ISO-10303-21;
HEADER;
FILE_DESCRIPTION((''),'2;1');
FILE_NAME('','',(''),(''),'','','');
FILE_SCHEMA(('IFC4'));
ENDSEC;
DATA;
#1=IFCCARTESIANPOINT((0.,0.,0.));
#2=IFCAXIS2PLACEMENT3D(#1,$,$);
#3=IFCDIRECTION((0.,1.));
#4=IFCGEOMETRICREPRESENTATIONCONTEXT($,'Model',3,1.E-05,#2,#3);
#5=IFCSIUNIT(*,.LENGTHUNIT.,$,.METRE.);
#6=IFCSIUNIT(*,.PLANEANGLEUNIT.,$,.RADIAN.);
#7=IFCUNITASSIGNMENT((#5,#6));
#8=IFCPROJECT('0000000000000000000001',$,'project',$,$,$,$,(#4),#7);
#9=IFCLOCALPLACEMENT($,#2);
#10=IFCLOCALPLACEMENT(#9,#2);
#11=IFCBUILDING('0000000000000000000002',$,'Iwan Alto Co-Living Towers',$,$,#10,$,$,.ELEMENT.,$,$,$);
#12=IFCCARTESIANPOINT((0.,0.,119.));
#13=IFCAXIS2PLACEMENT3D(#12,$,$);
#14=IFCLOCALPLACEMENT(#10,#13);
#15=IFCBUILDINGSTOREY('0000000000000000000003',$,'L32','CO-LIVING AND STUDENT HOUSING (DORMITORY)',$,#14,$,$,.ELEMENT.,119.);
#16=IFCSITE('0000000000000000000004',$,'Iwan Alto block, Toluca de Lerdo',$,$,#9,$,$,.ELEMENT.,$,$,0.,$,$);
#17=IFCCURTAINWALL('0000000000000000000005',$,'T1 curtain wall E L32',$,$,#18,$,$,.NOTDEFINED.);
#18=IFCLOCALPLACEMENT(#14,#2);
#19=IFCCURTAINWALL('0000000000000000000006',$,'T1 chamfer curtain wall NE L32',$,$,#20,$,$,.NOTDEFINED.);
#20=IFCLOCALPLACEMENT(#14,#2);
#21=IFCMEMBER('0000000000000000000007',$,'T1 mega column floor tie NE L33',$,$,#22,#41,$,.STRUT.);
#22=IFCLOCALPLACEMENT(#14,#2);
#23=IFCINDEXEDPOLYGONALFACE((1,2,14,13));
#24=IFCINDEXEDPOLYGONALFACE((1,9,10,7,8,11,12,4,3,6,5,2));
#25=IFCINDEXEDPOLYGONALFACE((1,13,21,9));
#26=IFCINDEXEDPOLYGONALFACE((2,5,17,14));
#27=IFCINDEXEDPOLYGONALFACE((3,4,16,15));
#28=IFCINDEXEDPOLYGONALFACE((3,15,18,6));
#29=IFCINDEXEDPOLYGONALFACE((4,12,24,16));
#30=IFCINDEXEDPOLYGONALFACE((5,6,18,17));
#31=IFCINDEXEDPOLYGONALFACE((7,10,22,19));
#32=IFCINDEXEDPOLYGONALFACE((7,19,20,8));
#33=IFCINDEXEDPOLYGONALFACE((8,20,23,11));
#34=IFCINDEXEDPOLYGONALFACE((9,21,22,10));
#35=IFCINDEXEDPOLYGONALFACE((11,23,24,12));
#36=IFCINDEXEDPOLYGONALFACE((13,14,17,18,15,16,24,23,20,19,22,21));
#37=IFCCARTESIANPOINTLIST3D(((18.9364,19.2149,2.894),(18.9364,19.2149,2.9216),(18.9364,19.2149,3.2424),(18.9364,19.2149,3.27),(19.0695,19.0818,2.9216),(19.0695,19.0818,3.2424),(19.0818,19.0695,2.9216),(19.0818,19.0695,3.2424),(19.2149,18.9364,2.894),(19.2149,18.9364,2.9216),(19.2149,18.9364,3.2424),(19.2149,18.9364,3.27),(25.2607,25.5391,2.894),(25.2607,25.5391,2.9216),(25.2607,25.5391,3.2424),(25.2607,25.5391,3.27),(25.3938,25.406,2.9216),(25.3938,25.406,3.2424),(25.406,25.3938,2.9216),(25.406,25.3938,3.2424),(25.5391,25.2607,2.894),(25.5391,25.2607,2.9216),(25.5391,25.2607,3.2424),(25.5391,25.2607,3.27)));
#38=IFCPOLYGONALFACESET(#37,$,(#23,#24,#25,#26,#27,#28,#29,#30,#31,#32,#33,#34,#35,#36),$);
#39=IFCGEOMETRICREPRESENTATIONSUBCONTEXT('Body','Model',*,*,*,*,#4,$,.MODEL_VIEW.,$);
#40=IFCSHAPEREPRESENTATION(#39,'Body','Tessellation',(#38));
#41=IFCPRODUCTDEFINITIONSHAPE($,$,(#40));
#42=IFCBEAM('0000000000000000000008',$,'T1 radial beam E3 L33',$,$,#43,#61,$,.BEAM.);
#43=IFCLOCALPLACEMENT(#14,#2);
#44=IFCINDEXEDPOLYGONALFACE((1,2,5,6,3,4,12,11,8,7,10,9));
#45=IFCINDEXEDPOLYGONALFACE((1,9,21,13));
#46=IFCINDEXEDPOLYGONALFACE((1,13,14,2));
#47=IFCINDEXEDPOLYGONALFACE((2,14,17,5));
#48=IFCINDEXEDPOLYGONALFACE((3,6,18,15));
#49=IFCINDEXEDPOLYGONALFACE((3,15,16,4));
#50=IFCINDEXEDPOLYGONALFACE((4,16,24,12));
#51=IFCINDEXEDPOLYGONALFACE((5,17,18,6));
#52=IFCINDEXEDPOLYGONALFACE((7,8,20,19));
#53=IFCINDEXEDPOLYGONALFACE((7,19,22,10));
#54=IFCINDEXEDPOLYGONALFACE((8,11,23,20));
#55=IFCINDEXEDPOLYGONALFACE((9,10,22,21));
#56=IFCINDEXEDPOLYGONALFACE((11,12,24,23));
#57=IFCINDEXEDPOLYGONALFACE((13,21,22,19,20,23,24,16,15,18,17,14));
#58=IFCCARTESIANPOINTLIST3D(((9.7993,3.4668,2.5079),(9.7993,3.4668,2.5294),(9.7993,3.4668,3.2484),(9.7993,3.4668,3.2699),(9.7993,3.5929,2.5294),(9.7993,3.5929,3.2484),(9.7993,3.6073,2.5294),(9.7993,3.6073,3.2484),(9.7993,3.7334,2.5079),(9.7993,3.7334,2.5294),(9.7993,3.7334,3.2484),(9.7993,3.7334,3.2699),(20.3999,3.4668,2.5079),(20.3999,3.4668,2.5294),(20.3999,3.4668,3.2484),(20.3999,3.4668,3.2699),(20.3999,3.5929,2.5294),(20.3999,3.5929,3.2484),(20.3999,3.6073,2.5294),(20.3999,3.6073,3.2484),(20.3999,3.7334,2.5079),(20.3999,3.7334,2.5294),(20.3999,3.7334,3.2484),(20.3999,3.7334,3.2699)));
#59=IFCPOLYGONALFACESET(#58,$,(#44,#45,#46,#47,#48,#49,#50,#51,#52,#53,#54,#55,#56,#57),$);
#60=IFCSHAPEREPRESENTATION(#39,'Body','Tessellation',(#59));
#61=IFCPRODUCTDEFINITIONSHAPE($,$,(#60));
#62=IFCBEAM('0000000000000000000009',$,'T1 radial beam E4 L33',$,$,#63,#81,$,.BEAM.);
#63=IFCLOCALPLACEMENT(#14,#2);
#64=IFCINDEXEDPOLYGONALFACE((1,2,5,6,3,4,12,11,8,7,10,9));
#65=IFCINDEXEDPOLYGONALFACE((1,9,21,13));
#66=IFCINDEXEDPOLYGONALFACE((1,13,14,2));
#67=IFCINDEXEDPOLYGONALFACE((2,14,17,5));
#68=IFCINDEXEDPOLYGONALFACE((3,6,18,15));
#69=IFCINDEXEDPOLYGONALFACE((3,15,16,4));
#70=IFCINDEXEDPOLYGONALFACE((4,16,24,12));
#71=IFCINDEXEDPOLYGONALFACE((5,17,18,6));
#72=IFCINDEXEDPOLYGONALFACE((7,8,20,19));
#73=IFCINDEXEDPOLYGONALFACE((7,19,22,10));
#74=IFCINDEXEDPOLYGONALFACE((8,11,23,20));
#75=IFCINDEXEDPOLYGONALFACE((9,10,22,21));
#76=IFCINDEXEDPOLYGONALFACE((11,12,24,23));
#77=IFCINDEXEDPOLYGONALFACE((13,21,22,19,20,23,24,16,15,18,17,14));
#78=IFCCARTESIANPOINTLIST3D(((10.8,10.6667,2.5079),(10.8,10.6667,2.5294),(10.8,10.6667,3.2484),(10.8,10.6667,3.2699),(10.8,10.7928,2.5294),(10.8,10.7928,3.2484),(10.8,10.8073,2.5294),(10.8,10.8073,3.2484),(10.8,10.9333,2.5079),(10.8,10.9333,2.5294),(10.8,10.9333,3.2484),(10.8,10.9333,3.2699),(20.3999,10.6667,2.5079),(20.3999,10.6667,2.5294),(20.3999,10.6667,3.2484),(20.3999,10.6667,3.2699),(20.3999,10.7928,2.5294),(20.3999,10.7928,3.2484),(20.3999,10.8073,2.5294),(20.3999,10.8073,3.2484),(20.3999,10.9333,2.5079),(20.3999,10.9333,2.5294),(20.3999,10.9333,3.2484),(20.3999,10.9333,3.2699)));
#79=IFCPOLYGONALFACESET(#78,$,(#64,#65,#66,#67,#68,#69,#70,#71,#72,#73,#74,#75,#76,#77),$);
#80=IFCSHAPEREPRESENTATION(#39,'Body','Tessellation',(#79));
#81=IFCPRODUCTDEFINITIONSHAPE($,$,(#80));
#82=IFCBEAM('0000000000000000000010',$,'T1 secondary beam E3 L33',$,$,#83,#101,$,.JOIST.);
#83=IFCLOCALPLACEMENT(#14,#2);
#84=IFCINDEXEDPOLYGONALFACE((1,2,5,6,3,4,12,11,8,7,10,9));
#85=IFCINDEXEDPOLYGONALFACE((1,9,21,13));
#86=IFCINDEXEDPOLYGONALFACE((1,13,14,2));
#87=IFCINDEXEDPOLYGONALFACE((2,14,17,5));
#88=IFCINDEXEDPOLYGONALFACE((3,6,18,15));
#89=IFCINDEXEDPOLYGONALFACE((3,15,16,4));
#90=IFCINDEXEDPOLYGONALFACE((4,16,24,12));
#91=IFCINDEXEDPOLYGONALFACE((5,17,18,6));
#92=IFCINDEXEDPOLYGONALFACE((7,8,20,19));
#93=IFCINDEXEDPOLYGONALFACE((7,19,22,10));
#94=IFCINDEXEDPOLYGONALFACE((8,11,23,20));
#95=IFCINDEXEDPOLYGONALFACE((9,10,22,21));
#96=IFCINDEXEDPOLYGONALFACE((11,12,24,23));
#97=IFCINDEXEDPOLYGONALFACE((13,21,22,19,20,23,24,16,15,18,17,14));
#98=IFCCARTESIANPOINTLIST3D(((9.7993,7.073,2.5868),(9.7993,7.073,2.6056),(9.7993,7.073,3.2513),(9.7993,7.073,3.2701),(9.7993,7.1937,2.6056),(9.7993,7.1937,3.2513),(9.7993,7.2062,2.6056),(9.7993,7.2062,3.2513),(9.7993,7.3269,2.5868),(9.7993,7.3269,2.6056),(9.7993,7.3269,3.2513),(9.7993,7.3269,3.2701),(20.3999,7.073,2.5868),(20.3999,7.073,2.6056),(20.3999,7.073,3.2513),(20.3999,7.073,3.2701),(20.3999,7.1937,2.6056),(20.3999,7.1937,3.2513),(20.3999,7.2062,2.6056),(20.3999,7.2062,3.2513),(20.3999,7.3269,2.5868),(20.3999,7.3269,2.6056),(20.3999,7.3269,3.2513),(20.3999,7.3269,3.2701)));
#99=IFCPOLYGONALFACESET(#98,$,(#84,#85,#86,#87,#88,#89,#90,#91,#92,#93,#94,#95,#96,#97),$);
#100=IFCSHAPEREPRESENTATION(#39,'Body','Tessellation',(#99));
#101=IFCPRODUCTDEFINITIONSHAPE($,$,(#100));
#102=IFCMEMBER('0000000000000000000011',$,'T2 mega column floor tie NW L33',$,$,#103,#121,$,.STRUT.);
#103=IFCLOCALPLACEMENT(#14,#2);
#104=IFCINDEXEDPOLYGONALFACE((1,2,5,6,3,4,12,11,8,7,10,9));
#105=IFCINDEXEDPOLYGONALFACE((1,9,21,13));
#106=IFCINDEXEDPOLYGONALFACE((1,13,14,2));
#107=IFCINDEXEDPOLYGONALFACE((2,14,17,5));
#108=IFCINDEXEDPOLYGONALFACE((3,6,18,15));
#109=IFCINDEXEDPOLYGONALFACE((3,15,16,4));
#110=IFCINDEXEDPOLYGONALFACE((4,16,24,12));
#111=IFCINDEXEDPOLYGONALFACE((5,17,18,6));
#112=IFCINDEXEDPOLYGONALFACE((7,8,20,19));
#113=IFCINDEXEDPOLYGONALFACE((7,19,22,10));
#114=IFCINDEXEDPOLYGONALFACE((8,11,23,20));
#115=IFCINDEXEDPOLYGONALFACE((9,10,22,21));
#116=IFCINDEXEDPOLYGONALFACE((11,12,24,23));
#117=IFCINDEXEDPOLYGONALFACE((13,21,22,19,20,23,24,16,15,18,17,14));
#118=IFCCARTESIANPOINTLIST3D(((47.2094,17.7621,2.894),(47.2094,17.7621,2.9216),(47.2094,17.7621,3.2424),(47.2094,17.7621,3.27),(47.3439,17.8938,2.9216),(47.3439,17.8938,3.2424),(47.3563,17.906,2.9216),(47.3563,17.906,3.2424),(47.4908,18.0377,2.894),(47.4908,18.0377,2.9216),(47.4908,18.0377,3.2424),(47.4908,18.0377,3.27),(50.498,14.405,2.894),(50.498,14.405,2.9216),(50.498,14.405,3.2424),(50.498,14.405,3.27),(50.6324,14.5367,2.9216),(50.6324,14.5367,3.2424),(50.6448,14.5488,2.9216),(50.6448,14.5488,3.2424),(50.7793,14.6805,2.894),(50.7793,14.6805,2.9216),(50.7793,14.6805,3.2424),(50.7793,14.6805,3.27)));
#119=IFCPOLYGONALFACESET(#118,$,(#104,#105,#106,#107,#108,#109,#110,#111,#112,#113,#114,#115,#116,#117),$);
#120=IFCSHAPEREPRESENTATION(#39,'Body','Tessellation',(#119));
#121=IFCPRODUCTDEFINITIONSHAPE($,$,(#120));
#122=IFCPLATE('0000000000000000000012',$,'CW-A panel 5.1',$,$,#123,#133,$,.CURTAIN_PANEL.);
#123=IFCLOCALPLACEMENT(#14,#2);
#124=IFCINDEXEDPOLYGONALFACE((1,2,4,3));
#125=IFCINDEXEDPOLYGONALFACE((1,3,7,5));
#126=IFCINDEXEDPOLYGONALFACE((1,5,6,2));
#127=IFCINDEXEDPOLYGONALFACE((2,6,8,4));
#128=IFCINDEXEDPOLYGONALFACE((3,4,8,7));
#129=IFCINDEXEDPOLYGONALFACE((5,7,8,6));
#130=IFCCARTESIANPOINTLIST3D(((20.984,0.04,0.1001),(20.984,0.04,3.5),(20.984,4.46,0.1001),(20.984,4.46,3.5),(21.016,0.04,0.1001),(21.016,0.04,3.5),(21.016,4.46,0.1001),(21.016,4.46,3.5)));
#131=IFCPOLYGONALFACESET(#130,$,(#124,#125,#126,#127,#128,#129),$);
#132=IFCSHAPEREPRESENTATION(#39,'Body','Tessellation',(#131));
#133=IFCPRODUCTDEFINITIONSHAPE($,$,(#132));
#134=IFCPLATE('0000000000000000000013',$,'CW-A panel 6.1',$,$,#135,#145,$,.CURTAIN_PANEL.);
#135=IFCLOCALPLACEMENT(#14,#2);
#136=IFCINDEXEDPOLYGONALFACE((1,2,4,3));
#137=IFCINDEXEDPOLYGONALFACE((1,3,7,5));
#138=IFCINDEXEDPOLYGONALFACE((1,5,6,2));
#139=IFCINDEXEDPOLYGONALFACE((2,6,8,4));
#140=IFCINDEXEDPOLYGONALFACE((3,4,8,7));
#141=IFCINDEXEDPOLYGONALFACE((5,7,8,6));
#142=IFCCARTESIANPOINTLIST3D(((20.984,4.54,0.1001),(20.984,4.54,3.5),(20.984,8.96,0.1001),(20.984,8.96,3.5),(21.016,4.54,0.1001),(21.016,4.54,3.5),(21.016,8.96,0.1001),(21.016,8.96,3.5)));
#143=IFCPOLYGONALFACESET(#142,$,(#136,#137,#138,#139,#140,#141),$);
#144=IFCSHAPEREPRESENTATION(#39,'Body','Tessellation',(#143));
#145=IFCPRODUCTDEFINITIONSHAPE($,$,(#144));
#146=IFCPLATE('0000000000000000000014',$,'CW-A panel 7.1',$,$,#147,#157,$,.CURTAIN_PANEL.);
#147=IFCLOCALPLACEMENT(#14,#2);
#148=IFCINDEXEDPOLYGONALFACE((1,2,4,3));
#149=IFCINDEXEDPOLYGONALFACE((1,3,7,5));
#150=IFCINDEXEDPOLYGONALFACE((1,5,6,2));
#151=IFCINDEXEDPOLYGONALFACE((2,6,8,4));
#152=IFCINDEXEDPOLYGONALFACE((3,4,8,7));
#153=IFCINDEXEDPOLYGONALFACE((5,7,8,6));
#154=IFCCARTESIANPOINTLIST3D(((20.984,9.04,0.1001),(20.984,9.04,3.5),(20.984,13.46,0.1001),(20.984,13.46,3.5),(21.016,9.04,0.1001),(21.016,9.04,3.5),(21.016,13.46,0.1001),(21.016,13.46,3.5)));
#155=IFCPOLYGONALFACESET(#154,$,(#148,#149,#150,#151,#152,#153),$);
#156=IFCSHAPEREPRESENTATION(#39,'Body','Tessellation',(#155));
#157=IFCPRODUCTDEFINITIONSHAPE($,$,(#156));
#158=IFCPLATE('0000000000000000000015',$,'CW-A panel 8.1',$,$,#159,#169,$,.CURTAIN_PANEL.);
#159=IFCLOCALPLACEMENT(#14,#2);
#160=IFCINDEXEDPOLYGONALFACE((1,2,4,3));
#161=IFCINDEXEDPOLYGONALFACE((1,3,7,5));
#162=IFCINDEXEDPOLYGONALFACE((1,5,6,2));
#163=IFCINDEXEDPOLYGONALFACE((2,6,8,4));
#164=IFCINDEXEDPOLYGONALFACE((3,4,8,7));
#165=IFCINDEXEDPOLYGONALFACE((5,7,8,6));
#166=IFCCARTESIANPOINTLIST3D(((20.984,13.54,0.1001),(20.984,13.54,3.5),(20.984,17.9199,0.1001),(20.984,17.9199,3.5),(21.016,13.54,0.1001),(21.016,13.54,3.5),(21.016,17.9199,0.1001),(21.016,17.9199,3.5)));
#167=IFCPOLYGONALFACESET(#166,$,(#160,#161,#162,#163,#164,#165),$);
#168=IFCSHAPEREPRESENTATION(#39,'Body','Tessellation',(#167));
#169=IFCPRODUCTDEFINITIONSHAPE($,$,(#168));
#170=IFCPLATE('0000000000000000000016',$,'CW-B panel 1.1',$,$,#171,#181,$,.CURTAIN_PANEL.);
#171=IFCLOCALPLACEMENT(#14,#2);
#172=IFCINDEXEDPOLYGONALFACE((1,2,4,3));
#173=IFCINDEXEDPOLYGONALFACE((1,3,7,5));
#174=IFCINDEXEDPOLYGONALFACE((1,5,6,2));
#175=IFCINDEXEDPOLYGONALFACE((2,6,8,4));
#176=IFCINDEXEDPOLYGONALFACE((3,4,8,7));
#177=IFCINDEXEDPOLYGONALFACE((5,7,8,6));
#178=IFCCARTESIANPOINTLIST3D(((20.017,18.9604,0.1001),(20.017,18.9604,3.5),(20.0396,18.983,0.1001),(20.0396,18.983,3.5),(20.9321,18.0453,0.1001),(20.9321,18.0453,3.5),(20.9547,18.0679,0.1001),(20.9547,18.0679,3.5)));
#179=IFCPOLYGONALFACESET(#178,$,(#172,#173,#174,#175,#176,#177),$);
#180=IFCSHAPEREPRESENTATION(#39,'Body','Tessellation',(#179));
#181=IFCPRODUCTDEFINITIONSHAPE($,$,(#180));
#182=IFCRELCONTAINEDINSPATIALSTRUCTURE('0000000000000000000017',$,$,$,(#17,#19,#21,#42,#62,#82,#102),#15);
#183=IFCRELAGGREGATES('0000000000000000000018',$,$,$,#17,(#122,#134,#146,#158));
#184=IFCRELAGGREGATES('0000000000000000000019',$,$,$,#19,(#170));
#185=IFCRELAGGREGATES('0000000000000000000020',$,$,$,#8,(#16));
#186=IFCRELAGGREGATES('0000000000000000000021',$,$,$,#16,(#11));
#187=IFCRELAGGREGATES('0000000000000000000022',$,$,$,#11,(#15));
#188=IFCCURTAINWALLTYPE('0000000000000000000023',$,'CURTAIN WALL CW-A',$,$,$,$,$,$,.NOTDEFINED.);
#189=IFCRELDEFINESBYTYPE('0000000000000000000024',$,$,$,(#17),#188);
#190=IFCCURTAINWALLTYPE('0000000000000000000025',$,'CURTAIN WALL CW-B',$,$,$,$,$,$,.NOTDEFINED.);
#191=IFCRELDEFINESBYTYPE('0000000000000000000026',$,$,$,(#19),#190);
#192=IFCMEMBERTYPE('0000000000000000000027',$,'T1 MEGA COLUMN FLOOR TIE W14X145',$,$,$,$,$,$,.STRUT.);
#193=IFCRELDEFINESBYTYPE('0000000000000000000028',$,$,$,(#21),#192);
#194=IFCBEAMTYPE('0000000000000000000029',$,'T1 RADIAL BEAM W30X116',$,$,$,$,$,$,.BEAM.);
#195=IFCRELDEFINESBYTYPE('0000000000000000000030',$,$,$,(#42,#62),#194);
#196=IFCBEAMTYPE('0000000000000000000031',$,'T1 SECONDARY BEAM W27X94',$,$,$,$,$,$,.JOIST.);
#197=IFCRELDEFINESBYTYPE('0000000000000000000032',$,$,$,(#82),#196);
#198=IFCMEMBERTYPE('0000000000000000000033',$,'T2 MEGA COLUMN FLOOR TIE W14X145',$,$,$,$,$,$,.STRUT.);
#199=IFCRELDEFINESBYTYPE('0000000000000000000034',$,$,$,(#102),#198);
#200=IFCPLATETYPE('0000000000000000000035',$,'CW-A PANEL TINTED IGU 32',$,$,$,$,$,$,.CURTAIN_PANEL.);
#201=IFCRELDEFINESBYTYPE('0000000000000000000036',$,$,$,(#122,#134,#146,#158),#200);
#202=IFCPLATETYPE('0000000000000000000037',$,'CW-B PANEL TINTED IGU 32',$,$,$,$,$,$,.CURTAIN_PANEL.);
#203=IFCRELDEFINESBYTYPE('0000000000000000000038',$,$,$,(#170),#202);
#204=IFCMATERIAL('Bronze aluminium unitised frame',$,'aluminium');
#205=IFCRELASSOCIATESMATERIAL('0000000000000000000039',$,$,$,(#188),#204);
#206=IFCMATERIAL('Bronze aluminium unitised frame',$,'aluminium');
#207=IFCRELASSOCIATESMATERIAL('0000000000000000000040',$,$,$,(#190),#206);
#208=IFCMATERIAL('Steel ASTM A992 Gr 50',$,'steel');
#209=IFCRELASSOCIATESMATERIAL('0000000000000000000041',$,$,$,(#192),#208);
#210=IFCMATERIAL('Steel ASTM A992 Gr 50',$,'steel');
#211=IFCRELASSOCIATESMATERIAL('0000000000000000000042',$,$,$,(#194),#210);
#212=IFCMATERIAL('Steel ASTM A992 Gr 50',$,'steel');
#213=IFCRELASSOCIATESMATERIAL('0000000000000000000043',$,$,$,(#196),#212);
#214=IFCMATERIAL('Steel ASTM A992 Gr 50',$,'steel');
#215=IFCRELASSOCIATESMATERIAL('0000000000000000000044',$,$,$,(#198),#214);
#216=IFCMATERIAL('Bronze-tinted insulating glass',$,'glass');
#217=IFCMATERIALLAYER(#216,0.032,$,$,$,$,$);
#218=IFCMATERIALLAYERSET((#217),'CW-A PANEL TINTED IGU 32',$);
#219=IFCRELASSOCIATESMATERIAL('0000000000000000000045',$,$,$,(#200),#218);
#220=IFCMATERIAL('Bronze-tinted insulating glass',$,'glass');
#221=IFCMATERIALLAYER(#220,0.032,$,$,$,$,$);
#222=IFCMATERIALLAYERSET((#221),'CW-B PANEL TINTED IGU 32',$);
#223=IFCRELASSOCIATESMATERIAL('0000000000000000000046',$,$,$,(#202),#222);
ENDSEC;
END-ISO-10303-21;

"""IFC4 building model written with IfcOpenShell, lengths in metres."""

from ifc_helpers import new_model, si_unit, direction, frame, origin, origin_2d, place, context, subcontext, project, spatial, rectangle, i_section, extrude, material, layer, layer_set, material_profile, profile_set, type_object, element, aggregate, save


model = new_model("IFC4")

# Units and contexts
model_context = context("Model", 3, precision=1e-05, world=origin(), true_north=direction((0.0, 1.0)))
body_context = subcontext(model_context, "Body", "Model", "MODEL_VIEW")
ifc_project = project(units=[si_unit("LENGTHUNIT", "METRE"), si_unit("PLANEANGLEUNIT", "RADIAN")], contexts=[model_context])

# Site, building, storey
site_placement = place(None, origin())
site = spatial("IfcSite", under=ifc_project, at=site_placement, Name="Iwan Alto block, Toluca de Lerdo", CompositionType="ELEMENT", RefElevation=0.0)
building_placement = place(site_placement, origin())
building = spatial("IfcBuilding", under=site, at=building_placement, Name="Iwan Alto Co-Living Towers", CompositionType="ELEMENT")
storey_placement = place(building_placement, frame((0.0, 0.0, 119.0)))
storey = spatial("IfcBuildingStorey", under=building, at=storey_placement, Name="L32", Description="CO-LIVING AND STUDENT HOUSING (DORMITORY)", CompositionType="ELEMENT", Elevation=119.0)

# Curtain walls
ifc_material_1 = material(Name="Bronze aluminium unitised frame", Category="aluminium")
curtain_wall_type_1 = type_object("IfcCurtainWallType", Name="CURTAIN WALL CW-A", PredefinedType="NOTDEFINED", material=ifc_material_1)
curtain_wall_1_placement = place(storey_placement, origin())
curtain_wall_1 = element("IfcCurtainWall", 1, at=curtain_wall_1_placement, inside=storey, type_object=curtain_wall_type_1, Name="T1 curtain wall E L32", PredefinedType="NOTDEFINED")
ifc_material_2 = material(Name="Bronze aluminium unitised frame", Category="aluminium")
curtain_wall_type_2 = type_object("IfcCurtainWallType", Name="CURTAIN WALL CW-B", PredefinedType="NOTDEFINED", material=ifc_material_2)
curtain_wall_2_placement = place(storey_placement, origin())
curtain_wall_2 = element("IfcCurtainWall", 2, at=curtain_wall_2_placement, inside=storey, type_object=curtain_wall_type_2, Name="T1 chamfer curtain wall NE L32", PredefinedType="NOTDEFINED")

# Member
ifc_material_3 = material(Name="Steel ASTM A992 Gr 50", Category="steel")
ifc_material_profile_1 = material_profile(ifc_material_3, i_section(OverallWidth=0.3938, OverallDepth=0.376, WebThickness=0.0173, FlangeThickness=0.0276, at=origin_2d()), Name="W14X145")
ifc_profile_set_1 = profile_set([ifc_material_profile_1], Name="Steel ASTM A992 Gr 50")
member_type_1 = type_object("IfcMemberType", Name="T1 MEGA COLUMN FLOOR TIE W14X145", PredefinedType="STRUT", material=ifc_profile_set_1)
member_1_placement = place(storey_placement, frame((25.3999, 25.3999, 3.082), z_axis=(-0.707107, -0.707107, 0.0), x_axis=(0.707107, -0.707107, 0.0)))
element("IfcMember", 3, at=member_1_placement, inside=storey, type_object=member_type_1, Name="T1 mega column floor tie NE L33", PredefinedType="STRUT", context=body_context, shape_type="SweptSolid", body=[
    extrude(i_section(OverallWidth=0.3938, OverallDepth=0.376, WebThickness=0.0173, FlangeThickness=0.0276, at=origin_2d()), origin(), (0.0, 0.0, 1.0), 8.9438),
])

# Beams
ifc_material_4 = material(Name="Steel ASTM A992 Gr 50", Category="steel")
ifc_material_profile_2 = material_profile(ifc_material_4, i_section(OverallWidth=0.2666, OverallDepth=0.762, WebThickness=0.0144, FlangeThickness=0.0215, at=origin_2d()), Name="W30X116")
ifc_profile_set_2 = profile_set([ifc_material_profile_2], Name="Steel ASTM A992 Gr 50")
beam_type_1 = type_object("IfcBeamType", Name="T1 RADIAL BEAM W30X116", PredefinedType="BEAM", material=ifc_profile_set_2)
beam_1_placement = place(storey_placement, frame((20.3999, 3.6001, 2.8889), z_axis=(-1.0, 0.0, 0.0), x_axis=(0.0, -1.0, 0.0)))
element("IfcBeam", 4, at=beam_1_placement, inside=storey, type_object=beam_type_1, Name="T1 radial beam E3 L33", PredefinedType="BEAM", context=body_context, shape_type="SweptSolid", body=[
    extrude(i_section(OverallWidth=0.2666, OverallDepth=0.762, WebThickness=0.0144, FlangeThickness=0.0215, at=origin_2d()), origin(), (0.0, 0.0, 1.0), 10.6006),
])
beam_2_placement = place(storey_placement, frame((20.3999, 10.8, 2.8889), z_axis=(-1.0, 0.0, 0.0), x_axis=(0.0, -1.0, 0.0)))
element("IfcBeam", 5, at=beam_2_placement, inside=storey, type_object=beam_type_1, Name="T1 radial beam E4 L33", PredefinedType="BEAM", context=body_context, shape_type="SweptSolid", body=[
    extrude(i_section(OverallWidth=0.2666, OverallDepth=0.762, WebThickness=0.0144, FlangeThickness=0.0215, at=origin_2d()), origin(), (0.0, 0.0, 1.0), 9.5999),
])
ifc_material_5 = material(Name="Steel ASTM A992 Gr 50", Category="steel")
ifc_material_profile_3 = material_profile(ifc_material_5, i_section(OverallWidth=0.2539, OverallDepth=0.6833, WebThickness=0.0125, FlangeThickness=0.0188, at=origin_2d()), Name="W27X94")
ifc_profile_set_3 = profile_set([ifc_material_profile_3], Name="Steel ASTM A992 Gr 50")
beam_type_2 = type_object("IfcBeamType", Name="T1 SECONDARY BEAM W27X94", PredefinedType="JOIST", material=ifc_profile_set_3)
beam_3_placement = place(storey_placement, frame((20.3999, 7.2, 2.9285), z_axis=(-1.0, 0.0, 0.0), x_axis=(0.0, -1.0, 0.0)))
element("IfcBeam", 6, at=beam_3_placement, inside=storey, type_object=beam_type_2, Name="T1 secondary beam E3 L33", PredefinedType="JOIST", context=body_context, shape_type="SweptSolid", body=[
    extrude(i_section(OverallWidth=0.2539, OverallDepth=0.6833, WebThickness=0.0125, FlangeThickness=0.0188, at=origin_2d()), origin(), (0.0, 0.0, 1.0), 10.6006),
])

# Member
ifc_material_6 = material(Name="Steel ASTM A992 Gr 50", Category="steel")
ifc_material_profile_4 = material_profile(ifc_material_6, i_section(OverallWidth=0.3938, OverallDepth=0.376, WebThickness=0.0173, FlangeThickness=0.0276, at=origin_2d()), Name="W14X145")
ifc_profile_set_4 = profile_set([ifc_material_profile_4], Name="Steel ASTM A992 Gr 50")
member_type_2 = type_object("IfcMemberType", Name="T2 MEGA COLUMN FLOOR TIE W14X145", PredefinedType="STRUT", material=ifc_profile_set_4)
member_2_placement = place(storey_placement, frame((47.3501, 17.8999, 3.082), z_axis=(0.69977, -0.714368, 0.0), x_axis=(0.714368, 0.69977, 0.0)))
element("IfcMember", 7, at=member_2_placement, inside=storey, type_object=member_type_2, Name="T2 mega column floor tie NW L33", PredefinedType="STRUT", context=body_context, shape_type="SweptSolid", body=[
    extrude(i_section(OverallWidth=0.3938, OverallDepth=0.376, WebThickness=0.0173, FlangeThickness=0.0276, at=origin_2d()), origin(), (0.0, 0.0, 1.0), 4.6995),
])

# Plates
ifc_material_7 = material(Name="Bronze-tinted insulating glass", Category="glass")
ifc_layer_1 = layer(ifc_material_7, 0.032)
ifc_layer_set_1 = layer_set([ifc_layer_1], Name="CW-A PANEL TINTED IGU 32")
plate_type_1 = type_object("IfcPlateType", Name="CW-A PANEL TINTED IGU 32", PredefinedType="CURTAIN_PANEL", material=ifc_layer_set_1)
plate_1_placement = place(storey_placement, frame((21.0, 2.25, 0.1001), z_axis=(0.0, 0.0, 1.0), x_axis=(0.0, 1.0, 0.0)))
plate_1 = element("IfcPlate", 8, at=plate_1_placement, type_object=plate_type_1, Name="CW-A panel 5.1", PredefinedType="CURTAIN_PANEL", context=body_context, shape_type="SweptSolid", body=[
    extrude(rectangle(XDim=4.4199, YDim=0.032, at=origin_2d()), origin(), (0.0, 0.0, 1.0), 3.3999),
])
plate_2_placement = place(storey_placement, frame((21.0, 6.75, 0.1001), z_axis=(0.0, 0.0, 1.0), x_axis=(0.0, 1.0, 0.0)))
plate_2 = element("IfcPlate", 9, at=plate_2_placement, type_object=plate_type_1, Name="CW-A panel 6.1", PredefinedType="CURTAIN_PANEL", context=body_context, shape_type="SweptSolid", body=[
    extrude(rectangle(XDim=4.4199, YDim=0.032, at=origin_2d()), origin(), (0.0, 0.0, 1.0), 3.3999),
])
plate_3_placement = place(storey_placement, frame((21.0, 11.25, 0.1001), z_axis=(0.0, 0.0, 1.0), x_axis=(0.0, 1.0, 0.0)))
plate_3 = element("IfcPlate", 10, at=plate_3_placement, type_object=plate_type_1, Name="CW-A panel 7.1", PredefinedType="CURTAIN_PANEL", context=body_context, shape_type="SweptSolid", body=[
    extrude(rectangle(XDim=4.4199, YDim=0.032, at=origin_2d()), origin(), (0.0, 0.0, 1.0), 3.3999),
])
plate_4_placement = place(storey_placement, frame((21.0, 15.73, 0.1001), z_axis=(0.0, 0.0, 1.0), x_axis=(0.0, 1.0, 0.0)))
plate_4 = element("IfcPlate", 11, at=plate_4_placement, type_object=plate_type_1, Name="CW-A panel 8.1", PredefinedType="CURTAIN_PANEL", context=body_context, shape_type="SweptSolid", body=[
    extrude(rectangle(XDim=4.3799, YDim=0.032, at=origin_2d()), origin(), (0.0, 0.0, 1.0), 3.3999),
])
aggregate(curtain_wall_1, [plate_1, plate_2, plate_3, plate_4])
ifc_material_8 = material(Name="Bronze-tinted insulating glass", Category="glass")
ifc_layer_2 = layer(ifc_material_8, 0.032)
ifc_layer_set_2 = layer_set([ifc_layer_2], Name="CW-B PANEL TINTED IGU 32")
plate_type_2 = type_object("IfcPlateType", Name="CW-B PANEL TINTED IGU 32", PredefinedType="CURTAIN_PANEL", material=ifc_layer_set_2)
plate_5_placement = place(storey_placement, frame((20.4858, 18.5142, 0.1001), z_axis=(0.0, 0.0, 1.0), x_axis=(-0.707107, 0.707107, 0.0)))
plate_5 = element("IfcPlate", 12, at=plate_5_placement, type_object=plate_type_2, Name="CW-B panel 1.1", PredefinedType="CURTAIN_PANEL", context=body_context, shape_type="SweptSolid", body=[
    extrude(rectangle(XDim=1.2942, YDim=0.032, at=origin_2d()), origin(), (0.0, 0.0, 1.0), 3.3999),
])
aggregate(curtain_wall_2, [plate_5])

save(model, "model.ifc")
